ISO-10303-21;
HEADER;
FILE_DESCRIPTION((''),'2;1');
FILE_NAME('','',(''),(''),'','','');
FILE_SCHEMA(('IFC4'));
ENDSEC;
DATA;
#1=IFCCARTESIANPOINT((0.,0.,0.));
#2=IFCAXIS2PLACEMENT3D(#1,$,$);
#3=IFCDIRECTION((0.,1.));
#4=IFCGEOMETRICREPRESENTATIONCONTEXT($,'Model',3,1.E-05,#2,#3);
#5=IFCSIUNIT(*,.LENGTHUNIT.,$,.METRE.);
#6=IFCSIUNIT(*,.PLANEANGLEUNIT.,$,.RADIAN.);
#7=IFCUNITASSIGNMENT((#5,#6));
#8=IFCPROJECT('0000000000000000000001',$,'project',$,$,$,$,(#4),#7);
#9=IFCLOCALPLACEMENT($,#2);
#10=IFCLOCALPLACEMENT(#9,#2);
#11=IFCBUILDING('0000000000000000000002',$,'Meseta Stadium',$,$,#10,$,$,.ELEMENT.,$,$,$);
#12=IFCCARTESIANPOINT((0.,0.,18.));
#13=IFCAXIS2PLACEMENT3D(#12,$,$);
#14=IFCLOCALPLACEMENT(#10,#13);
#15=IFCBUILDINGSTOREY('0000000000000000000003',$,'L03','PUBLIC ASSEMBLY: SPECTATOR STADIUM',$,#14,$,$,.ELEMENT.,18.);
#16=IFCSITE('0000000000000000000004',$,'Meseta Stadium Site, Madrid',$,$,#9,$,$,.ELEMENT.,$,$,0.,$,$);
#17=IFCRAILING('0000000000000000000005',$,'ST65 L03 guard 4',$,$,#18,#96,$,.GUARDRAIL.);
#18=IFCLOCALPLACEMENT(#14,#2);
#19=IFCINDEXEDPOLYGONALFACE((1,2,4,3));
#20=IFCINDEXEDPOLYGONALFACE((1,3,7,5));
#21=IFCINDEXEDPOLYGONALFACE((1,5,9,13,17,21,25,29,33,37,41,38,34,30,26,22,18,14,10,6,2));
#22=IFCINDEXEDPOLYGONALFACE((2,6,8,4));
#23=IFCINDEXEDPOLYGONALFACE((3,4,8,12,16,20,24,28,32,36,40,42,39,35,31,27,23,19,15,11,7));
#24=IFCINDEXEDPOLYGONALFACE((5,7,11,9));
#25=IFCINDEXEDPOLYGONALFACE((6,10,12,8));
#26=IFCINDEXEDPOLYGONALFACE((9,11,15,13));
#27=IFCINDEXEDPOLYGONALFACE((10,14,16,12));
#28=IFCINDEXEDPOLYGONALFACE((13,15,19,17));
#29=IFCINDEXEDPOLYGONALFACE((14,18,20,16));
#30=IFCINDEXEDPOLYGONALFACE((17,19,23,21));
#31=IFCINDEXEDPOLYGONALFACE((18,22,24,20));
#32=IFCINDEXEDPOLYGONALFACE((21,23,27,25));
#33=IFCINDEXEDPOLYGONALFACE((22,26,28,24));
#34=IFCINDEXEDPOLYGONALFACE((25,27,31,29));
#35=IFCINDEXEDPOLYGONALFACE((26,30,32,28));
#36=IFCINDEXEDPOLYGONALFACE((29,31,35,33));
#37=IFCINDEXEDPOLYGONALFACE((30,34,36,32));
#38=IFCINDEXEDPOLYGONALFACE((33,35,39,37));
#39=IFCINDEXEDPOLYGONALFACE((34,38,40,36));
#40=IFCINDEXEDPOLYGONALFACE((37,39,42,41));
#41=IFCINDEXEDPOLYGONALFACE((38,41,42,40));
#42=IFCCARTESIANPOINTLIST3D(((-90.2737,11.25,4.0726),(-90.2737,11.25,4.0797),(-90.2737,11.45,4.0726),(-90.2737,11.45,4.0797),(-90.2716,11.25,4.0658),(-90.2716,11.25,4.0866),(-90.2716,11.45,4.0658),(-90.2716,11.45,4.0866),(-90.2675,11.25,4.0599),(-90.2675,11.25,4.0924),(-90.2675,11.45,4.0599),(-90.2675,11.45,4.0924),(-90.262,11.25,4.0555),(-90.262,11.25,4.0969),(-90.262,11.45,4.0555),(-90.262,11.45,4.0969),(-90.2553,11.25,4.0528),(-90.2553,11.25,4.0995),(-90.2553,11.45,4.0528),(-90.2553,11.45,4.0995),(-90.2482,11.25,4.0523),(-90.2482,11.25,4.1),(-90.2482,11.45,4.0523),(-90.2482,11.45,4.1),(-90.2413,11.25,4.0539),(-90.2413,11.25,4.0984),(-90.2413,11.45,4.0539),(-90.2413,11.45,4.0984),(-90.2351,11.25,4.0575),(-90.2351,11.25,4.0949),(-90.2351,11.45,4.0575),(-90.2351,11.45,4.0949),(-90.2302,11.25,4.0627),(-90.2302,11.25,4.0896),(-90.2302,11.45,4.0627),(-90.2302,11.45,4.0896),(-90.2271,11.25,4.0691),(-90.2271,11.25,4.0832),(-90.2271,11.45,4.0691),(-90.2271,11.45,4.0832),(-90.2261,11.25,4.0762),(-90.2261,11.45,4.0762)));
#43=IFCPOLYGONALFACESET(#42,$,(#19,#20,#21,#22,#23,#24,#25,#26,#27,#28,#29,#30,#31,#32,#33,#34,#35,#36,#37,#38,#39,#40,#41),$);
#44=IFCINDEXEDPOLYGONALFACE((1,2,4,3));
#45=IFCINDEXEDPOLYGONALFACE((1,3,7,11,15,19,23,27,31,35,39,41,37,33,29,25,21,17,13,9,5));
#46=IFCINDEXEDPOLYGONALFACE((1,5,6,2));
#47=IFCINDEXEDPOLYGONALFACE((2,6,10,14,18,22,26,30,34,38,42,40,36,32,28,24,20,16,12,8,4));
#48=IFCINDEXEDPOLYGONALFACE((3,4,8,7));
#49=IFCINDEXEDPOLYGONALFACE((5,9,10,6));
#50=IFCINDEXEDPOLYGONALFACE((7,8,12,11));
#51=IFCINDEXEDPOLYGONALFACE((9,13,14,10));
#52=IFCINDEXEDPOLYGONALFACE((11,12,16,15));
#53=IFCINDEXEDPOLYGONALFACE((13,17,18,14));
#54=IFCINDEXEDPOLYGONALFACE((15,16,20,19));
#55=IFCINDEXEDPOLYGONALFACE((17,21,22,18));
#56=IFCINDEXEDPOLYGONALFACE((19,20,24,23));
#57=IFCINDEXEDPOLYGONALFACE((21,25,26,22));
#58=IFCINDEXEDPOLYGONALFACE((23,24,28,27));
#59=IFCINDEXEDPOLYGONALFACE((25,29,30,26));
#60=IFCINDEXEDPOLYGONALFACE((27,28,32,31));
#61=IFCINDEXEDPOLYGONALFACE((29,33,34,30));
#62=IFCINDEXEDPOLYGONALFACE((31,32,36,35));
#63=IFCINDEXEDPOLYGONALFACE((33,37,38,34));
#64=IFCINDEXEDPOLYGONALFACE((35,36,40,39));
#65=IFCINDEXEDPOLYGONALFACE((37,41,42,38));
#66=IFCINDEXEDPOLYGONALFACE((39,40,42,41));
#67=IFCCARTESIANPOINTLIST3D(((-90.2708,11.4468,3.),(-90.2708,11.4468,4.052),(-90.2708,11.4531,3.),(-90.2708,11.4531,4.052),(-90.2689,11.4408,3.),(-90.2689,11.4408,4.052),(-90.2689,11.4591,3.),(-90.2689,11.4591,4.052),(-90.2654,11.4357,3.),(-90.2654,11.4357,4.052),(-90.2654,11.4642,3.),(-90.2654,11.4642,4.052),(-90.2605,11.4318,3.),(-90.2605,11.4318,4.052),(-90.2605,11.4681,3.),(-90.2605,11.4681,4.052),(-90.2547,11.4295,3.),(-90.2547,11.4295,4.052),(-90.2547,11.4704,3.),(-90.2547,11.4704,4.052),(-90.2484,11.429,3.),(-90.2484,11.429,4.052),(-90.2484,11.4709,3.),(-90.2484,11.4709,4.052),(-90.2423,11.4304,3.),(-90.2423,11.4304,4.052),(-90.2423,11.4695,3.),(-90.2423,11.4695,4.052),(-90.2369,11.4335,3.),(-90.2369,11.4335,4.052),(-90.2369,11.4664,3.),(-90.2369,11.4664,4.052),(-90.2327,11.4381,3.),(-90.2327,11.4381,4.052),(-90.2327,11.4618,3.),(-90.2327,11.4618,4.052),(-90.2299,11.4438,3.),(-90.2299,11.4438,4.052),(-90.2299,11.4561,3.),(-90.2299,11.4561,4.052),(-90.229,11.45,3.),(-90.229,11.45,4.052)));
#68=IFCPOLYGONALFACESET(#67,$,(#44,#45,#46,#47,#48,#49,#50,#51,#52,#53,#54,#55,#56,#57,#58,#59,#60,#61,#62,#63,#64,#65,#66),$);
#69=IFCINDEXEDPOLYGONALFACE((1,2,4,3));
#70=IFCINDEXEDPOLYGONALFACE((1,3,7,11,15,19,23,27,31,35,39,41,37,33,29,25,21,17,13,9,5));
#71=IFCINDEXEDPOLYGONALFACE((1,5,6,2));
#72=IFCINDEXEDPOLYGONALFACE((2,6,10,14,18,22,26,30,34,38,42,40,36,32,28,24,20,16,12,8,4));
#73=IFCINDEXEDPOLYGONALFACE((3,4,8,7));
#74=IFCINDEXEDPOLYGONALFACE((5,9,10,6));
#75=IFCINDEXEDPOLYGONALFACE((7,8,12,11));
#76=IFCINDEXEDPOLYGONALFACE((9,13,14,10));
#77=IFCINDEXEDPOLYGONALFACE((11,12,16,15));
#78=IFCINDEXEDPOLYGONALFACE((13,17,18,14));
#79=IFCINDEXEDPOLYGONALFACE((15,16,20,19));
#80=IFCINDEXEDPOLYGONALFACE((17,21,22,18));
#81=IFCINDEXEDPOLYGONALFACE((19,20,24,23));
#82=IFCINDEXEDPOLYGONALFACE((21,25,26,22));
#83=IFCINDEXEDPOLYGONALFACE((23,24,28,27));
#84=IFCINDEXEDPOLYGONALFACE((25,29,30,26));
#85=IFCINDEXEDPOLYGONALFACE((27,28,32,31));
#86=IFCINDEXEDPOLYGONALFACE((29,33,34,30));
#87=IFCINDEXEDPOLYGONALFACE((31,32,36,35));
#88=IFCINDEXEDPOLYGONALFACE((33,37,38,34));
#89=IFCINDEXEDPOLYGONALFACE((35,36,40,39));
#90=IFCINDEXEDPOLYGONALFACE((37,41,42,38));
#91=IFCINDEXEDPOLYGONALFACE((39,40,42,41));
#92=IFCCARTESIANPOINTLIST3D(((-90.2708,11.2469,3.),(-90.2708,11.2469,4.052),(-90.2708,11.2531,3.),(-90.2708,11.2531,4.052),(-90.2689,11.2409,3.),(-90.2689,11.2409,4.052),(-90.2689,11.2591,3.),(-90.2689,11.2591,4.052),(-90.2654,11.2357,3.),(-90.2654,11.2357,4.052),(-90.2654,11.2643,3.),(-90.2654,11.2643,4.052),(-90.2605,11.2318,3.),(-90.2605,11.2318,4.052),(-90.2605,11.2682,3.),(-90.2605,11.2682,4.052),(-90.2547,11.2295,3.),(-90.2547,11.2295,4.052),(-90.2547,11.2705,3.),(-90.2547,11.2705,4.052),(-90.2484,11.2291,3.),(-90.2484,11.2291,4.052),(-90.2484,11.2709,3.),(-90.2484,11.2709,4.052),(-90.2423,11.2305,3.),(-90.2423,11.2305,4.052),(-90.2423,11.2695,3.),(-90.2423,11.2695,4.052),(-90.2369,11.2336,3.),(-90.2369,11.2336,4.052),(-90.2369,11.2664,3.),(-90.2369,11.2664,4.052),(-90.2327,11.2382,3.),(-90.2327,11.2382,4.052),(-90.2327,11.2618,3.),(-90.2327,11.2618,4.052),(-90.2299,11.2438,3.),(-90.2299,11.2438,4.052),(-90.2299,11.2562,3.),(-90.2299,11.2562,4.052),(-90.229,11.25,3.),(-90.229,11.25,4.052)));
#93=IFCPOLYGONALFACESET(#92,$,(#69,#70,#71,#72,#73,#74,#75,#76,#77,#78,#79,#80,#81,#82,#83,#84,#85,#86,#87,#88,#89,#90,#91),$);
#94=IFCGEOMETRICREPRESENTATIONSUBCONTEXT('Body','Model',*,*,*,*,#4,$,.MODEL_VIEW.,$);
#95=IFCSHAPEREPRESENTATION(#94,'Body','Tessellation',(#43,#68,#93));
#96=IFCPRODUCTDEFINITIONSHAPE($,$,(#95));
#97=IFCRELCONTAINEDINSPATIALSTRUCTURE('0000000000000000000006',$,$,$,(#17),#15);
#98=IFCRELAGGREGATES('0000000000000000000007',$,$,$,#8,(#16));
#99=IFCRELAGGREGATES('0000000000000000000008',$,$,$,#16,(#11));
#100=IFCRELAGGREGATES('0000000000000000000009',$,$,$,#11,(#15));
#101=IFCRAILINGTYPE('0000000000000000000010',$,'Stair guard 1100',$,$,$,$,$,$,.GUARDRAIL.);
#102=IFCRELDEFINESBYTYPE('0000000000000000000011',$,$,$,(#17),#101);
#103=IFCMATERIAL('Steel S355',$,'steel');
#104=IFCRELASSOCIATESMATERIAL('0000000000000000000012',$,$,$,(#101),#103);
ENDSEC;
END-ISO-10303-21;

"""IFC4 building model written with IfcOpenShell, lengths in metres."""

from ifc_helpers import new_model, si_unit, direction, frame, origin, origin_2d, place, context, subcontext, project, spatial, circle, extrude, material, type_object, element, save


model = new_model("IFC4")

# Units and contexts
model_context = context("Model", 3, precision=1e-05, world=origin(), true_north=direction((0.0, 1.0)))
body_context = subcontext(model_context, "Body", "Model", "MODEL_VIEW")
ifc_project = project(units=[si_unit("LENGTHUNIT", "METRE"), si_unit("PLANEANGLEUNIT", "RADIAN")], contexts=[model_context])

# Site, building, storey
site_placement = place(None, origin())
site = spatial("IfcSite", under=ifc_project, at=site_placement, Name="Meseta Stadium Site, Madrid", CompositionType="ELEMENT", RefElevation=0.0)
building_placement = place(site_placement, origin())
building = spatial("IfcBuilding", under=site, at=building_placement, Name="Meseta Stadium", CompositionType="ELEMENT")
storey_placement = place(building_placement, frame((0.0, 0.0, 18.0)))
storey = spatial("IfcBuildingStorey", under=building, at=storey_placement, Name="L03", Description="PUBLIC ASSEMBLY: SPECTATOR STADIUM", CompositionType="ELEMENT", Elevation=18.0)

# Railing
ifc_material_1 = material(Name="Steel S355", Category="steel")
railing_type_1 = type_object("IfcRailingType", Name="Stair guard 1100", PredefinedType="GUARDRAIL", material=ifc_material_1)
railing_1_placement = place(storey_placement, frame((-90.25, 11.45, 3.0)))
element("IfcRailing", 1, at=railing_1_placement, inside=storey, type_object=railing_type_1, Name="ST65 L03 guard 4", PredefinedType="GUARDRAIL", context=body_context, shape_type="SweptSolid", body=[
    extrude(circle(Radius=0.0239, at=origin_2d()), frame((0.0, 0.0, 1.0762), z_axis=(0.0, -1.0, 0.0), x_axis=(1.0, 0.0, 0.0)), (0.0, 0.0, 1.0), 0.2),
    extrude(circle(Radius=0.021, at=origin_2d()), origin(), (0.0, 0.0, 1.0), 1.052),
    extrude(circle(Radius=0.021, at=origin_2d()), frame((0.0, -0.2, 0.0)), (0.0, 0.0, 1.0), 1.052),
])

save(model, "model.ifc")
